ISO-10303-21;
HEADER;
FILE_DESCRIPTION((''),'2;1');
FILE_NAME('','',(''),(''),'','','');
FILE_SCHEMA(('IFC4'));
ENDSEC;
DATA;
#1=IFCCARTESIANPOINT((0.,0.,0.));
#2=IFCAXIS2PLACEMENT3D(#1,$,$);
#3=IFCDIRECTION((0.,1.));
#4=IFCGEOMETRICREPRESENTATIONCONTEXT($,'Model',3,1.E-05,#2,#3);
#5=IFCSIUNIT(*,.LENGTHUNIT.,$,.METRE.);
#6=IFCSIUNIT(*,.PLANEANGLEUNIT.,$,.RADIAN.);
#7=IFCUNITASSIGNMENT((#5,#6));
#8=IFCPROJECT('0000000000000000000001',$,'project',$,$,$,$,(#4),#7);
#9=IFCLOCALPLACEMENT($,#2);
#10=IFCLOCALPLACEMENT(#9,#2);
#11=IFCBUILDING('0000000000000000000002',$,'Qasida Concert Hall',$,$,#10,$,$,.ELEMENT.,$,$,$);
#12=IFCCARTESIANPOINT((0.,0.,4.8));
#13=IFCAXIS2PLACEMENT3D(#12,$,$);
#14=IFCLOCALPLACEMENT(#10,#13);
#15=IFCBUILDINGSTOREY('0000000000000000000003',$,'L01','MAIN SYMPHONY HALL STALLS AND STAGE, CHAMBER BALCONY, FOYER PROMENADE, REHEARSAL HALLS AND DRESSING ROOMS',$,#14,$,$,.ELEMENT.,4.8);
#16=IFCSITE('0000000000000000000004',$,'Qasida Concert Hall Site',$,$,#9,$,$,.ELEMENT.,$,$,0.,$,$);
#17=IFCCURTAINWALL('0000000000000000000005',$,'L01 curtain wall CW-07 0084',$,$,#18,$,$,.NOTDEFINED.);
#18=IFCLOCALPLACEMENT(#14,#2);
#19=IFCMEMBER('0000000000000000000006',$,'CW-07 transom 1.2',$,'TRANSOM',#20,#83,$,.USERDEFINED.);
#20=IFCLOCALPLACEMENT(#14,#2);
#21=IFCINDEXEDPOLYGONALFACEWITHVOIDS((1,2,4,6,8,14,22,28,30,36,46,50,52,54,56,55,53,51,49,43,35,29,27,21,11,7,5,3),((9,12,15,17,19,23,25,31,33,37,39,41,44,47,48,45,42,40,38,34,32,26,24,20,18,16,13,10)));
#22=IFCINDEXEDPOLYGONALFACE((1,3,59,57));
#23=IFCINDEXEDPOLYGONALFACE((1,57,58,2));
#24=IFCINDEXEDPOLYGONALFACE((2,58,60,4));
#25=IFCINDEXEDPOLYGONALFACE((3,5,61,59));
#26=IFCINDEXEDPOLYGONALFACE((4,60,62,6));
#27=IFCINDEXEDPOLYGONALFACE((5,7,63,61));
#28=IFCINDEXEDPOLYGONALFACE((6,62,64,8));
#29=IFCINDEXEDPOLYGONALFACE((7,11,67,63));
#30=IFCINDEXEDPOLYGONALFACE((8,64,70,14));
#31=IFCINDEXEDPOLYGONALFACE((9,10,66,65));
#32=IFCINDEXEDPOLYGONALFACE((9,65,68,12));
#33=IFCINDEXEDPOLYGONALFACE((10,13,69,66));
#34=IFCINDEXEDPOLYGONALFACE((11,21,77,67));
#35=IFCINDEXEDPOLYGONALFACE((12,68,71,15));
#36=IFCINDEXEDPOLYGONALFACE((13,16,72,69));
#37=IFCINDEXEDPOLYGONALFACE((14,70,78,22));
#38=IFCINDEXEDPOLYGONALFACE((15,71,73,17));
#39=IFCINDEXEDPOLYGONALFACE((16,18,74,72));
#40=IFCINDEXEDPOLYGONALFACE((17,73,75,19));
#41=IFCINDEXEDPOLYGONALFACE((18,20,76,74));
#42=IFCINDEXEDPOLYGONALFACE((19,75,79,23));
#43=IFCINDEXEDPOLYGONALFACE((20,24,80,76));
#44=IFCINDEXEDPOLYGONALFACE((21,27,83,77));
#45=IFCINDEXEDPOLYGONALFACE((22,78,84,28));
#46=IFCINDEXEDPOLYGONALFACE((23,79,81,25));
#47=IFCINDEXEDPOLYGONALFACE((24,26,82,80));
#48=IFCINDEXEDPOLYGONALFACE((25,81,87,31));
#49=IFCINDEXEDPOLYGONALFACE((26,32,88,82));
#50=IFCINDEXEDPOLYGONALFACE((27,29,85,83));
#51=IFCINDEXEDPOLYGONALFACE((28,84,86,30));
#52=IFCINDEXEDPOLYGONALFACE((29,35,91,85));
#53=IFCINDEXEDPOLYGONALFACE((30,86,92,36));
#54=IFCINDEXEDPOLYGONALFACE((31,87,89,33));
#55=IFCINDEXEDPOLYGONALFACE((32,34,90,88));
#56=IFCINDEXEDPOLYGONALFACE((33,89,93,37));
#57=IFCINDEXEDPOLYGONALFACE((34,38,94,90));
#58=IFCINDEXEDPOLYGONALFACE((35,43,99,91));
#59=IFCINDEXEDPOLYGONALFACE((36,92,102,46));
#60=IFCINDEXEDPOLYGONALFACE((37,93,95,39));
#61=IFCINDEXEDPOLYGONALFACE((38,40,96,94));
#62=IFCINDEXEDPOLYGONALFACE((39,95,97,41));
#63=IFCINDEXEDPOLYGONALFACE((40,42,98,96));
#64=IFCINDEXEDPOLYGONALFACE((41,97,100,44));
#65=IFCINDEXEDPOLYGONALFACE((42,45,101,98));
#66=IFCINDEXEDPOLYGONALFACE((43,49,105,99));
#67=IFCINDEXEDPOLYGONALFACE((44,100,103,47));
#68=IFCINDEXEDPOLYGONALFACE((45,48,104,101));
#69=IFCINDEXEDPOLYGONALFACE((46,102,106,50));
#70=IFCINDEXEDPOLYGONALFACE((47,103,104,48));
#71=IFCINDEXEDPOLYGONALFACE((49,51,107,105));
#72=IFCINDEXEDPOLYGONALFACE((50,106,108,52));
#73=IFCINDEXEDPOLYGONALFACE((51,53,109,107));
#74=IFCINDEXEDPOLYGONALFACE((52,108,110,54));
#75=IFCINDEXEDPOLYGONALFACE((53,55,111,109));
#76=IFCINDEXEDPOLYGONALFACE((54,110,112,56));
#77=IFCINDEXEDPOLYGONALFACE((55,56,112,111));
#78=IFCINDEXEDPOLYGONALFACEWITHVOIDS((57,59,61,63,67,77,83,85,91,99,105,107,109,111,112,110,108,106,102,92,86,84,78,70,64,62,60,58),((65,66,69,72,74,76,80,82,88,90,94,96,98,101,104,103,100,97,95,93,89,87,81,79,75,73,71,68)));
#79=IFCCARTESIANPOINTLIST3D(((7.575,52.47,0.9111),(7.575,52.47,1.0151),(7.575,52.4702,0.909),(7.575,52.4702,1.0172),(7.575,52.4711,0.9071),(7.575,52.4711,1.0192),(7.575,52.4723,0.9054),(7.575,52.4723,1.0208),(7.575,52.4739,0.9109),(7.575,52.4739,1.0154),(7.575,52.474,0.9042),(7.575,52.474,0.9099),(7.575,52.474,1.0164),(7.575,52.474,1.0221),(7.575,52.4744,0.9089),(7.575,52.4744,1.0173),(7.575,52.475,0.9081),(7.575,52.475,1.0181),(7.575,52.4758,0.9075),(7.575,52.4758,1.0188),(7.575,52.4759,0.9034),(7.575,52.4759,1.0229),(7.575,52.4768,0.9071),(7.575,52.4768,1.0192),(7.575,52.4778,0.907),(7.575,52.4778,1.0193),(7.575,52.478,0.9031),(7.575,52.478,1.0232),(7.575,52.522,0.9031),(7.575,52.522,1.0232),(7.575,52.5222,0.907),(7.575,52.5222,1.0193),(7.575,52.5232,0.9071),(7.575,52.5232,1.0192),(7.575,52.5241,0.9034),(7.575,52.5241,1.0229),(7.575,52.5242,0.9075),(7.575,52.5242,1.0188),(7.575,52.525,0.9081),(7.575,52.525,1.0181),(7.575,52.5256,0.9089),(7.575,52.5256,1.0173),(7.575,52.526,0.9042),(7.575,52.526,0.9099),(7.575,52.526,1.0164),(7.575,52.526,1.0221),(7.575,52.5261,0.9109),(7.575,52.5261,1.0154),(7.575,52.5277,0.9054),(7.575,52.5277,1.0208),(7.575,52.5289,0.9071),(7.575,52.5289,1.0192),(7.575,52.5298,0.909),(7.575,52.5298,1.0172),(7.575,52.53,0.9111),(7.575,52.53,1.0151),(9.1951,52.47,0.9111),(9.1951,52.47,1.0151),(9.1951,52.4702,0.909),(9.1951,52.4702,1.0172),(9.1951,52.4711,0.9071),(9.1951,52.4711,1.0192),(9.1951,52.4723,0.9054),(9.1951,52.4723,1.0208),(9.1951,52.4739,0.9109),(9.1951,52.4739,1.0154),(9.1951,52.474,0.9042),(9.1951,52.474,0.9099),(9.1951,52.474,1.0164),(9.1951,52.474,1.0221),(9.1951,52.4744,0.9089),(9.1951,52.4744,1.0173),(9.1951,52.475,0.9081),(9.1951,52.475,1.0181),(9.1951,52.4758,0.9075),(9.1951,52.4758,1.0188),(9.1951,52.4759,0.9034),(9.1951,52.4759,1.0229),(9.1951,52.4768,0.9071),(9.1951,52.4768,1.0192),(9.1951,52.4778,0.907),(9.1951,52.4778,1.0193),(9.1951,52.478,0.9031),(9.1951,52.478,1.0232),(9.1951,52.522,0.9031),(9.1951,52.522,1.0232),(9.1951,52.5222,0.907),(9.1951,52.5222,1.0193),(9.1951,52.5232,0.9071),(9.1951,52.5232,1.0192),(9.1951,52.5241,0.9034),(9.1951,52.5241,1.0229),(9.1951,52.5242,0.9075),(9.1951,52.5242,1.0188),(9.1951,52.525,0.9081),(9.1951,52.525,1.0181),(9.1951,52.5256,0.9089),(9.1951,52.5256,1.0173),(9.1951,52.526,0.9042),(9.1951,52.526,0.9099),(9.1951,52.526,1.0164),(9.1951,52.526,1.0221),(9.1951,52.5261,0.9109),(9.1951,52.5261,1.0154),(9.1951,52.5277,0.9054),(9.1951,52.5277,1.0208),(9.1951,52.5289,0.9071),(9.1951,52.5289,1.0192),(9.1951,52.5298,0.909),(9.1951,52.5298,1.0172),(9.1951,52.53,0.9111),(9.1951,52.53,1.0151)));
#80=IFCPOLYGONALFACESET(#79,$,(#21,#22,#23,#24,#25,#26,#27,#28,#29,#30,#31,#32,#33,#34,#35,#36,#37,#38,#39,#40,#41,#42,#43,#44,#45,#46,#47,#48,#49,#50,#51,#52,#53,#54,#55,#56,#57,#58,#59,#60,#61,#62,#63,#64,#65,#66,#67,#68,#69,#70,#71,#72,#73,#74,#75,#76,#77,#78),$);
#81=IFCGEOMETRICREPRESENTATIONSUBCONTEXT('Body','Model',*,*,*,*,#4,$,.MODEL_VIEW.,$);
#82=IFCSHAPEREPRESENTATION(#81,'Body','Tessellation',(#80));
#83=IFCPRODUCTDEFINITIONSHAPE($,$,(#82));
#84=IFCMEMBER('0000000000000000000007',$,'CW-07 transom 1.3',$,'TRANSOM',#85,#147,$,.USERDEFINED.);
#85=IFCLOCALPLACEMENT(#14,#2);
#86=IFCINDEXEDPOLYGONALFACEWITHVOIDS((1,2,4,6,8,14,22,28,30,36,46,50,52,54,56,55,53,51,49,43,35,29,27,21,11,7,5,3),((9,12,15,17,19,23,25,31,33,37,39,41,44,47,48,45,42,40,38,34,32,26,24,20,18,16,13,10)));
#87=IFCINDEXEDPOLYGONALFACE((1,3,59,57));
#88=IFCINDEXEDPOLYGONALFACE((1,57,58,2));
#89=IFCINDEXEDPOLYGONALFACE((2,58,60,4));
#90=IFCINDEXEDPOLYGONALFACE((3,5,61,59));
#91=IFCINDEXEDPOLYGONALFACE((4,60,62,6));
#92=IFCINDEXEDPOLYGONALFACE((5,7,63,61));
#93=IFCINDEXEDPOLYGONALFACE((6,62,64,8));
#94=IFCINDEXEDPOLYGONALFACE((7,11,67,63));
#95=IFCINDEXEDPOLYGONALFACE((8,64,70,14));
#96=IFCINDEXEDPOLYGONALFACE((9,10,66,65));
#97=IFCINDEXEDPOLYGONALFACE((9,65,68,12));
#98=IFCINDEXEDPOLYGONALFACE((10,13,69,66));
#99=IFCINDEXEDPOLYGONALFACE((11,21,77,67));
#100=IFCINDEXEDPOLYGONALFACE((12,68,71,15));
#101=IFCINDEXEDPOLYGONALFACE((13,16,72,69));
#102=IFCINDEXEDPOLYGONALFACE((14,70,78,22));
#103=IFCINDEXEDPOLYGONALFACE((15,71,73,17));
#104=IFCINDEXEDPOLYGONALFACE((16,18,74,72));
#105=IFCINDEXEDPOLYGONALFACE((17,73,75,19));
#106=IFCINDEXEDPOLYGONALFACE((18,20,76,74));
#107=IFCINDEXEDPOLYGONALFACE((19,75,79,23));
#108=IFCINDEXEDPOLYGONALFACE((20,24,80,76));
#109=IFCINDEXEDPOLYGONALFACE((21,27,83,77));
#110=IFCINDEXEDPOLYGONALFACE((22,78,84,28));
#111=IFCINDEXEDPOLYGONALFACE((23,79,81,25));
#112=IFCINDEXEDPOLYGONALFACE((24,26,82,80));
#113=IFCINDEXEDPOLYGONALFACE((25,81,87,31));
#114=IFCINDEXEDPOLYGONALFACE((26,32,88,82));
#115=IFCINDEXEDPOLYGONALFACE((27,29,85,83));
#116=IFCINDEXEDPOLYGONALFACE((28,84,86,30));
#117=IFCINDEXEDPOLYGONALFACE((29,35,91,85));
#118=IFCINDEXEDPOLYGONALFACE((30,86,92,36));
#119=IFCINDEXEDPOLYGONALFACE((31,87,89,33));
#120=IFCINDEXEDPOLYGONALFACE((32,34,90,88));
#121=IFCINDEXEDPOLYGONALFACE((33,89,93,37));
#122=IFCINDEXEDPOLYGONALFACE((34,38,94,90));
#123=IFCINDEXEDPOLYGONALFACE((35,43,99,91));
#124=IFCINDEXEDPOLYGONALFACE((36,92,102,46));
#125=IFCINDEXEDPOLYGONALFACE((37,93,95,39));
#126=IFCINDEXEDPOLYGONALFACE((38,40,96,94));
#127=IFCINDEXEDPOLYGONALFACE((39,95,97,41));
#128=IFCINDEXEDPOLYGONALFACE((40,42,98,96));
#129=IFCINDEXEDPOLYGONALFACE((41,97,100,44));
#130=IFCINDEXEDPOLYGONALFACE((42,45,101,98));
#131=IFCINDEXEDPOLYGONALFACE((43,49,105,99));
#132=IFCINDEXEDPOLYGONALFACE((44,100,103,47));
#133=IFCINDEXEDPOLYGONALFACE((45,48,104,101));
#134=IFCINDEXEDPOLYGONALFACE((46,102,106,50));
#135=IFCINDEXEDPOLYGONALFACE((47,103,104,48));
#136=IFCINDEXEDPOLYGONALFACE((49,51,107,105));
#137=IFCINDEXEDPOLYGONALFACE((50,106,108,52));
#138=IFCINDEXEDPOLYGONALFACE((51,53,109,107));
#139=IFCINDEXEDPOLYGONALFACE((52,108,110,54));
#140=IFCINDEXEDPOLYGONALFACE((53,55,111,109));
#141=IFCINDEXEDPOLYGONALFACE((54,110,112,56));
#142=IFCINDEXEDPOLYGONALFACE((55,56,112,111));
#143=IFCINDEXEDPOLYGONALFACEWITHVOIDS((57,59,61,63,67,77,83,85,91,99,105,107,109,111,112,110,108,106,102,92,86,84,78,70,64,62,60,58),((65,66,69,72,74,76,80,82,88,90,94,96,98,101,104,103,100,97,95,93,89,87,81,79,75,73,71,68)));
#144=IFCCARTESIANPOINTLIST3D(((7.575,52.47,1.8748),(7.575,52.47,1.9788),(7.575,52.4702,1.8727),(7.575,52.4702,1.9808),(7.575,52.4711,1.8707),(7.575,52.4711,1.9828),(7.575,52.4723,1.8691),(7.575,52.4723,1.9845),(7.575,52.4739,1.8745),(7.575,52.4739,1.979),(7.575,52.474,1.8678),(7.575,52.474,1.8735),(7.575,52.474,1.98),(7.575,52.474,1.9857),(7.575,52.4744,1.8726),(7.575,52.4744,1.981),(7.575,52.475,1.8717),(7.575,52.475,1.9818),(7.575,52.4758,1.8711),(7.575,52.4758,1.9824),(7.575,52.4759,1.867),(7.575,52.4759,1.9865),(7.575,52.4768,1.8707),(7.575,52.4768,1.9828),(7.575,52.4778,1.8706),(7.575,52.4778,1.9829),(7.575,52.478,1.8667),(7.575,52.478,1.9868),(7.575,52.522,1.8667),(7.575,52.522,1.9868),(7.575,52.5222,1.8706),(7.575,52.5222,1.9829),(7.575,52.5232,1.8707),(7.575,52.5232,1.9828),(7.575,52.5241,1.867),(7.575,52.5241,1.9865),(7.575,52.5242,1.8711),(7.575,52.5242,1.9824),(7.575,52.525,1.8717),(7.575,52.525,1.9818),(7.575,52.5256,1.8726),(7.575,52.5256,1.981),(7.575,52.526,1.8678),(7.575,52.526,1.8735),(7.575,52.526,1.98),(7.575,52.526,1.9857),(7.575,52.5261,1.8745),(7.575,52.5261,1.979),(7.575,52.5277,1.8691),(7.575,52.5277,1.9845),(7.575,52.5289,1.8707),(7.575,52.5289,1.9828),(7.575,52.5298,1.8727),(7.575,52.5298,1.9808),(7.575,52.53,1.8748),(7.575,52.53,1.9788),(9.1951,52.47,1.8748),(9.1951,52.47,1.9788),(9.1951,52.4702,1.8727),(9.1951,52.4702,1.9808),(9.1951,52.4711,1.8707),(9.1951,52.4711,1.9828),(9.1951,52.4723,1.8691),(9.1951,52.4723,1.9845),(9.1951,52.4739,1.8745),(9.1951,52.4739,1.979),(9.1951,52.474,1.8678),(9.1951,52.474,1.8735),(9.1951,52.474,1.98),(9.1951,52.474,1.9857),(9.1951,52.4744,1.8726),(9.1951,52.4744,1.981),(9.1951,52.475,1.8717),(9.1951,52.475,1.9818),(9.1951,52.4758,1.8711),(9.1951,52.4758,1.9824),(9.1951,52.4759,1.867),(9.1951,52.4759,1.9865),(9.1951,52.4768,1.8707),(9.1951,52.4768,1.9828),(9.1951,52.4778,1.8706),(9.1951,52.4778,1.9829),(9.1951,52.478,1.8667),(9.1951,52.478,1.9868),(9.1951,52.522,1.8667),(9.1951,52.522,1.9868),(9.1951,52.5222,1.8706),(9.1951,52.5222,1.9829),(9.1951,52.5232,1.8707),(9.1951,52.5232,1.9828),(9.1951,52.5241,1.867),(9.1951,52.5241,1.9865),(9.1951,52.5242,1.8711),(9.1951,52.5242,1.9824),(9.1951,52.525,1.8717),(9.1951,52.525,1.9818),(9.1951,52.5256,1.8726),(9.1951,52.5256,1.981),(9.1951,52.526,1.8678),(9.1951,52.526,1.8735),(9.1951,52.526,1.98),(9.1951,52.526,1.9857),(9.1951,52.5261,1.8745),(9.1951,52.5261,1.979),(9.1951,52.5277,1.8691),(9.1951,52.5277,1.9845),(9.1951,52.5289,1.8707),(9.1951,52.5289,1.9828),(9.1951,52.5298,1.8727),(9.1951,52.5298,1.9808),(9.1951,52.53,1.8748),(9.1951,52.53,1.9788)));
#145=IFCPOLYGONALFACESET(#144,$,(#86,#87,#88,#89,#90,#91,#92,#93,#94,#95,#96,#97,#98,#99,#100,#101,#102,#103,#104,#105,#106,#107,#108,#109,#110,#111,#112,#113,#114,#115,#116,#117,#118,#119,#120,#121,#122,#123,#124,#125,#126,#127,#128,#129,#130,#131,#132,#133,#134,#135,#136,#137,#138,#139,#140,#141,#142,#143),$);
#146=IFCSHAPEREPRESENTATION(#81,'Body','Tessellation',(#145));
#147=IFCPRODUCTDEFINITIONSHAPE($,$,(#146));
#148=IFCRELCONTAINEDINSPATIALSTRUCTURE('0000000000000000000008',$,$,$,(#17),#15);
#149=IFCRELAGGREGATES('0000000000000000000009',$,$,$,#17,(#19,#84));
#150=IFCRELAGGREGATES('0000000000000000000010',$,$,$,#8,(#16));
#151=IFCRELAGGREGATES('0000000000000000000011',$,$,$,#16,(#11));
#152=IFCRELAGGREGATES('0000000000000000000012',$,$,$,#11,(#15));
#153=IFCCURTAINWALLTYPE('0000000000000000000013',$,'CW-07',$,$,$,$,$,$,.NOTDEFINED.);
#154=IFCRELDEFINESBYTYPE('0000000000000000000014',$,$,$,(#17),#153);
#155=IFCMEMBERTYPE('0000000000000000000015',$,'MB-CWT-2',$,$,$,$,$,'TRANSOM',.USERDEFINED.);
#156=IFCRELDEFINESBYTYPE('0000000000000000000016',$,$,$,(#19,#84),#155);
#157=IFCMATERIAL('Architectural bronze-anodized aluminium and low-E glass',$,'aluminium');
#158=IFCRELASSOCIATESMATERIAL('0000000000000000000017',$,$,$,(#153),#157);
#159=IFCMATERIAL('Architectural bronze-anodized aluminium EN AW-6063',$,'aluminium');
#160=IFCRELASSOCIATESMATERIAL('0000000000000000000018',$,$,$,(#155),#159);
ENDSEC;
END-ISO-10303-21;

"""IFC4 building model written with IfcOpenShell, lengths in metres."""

from ifc_helpers import new_model, si_unit, direction, frame, origin, origin_2d, place, context, subcontext, project, spatial, hollow_rectangle, extrude, material, material_profile, profile_set, type_object, element, aggregate, save


model = new_model("IFC4")

# Units and contexts
model_context = context("Model", 3, precision=1e-05, world=origin(), true_north=direction((0.0, 1.0)))
body_context = subcontext(model_context, "Body", "Model", "MODEL_VIEW")
ifc_project = project(units=[si_unit("LENGTHUNIT", "METRE"), si_unit("PLANEANGLEUNIT", "RADIAN")], contexts=[model_context])

# Site, building, storey
site_placement = place(None, origin())
site = spatial("IfcSite", under=ifc_project, at=site_placement, Name="Qasida Concert Hall Site", CompositionType="ELEMENT", RefElevation=0.0)
building_placement = place(site_placement, origin())
building = spatial("IfcBuilding", under=site, at=building_placement, Name="Qasida Concert Hall", CompositionType="ELEMENT")
storey_placement = place(building_placement, frame((0.0, 0.0, 4.8)))
storey = spatial("IfcBuildingStorey", under=building, at=storey_placement, Name="L01", Description="MAIN SYMPHONY HALL STALLS AND STAGE, CHAMBER BALCONY, FOYER PROMENADE, REHEARSAL HALLS AND DRESSING ROOMS", CompositionType="ELEMENT", Elevation=4.8)

# Shared definitions
ifc_material_1 = material(Name="Architectural bronze-anodized aluminium and low-E glass", Category="aluminium")
curtain_wall_type = type_object("IfcCurtainWallType", Name="CW-07", PredefinedType="NOTDEFINED", material=ifc_material_1)
ifc_material_2 = material(Name="Architectural bronze-anodized aluminium EN AW-6063", Category="aluminium")

# Curtain wall
curtain_wall_1_placement = place(storey_placement, origin())
curtain_wall_1 = element("IfcCurtainWall", 1, at=curtain_wall_1_placement, inside=storey, type_object=curtain_wall_type, Name="L01 curtain wall CW-07 0084", PredefinedType="NOTDEFINED")

# Members
ifc_material_profile_1 = material_profile(ifc_material_2, hollow_rectangle(XDim=0.0601, YDim=0.1201, WallThickness=0.0039, InnerFilletRadius=0.0039, OuterFilletRadius=0.0081, at=origin_2d()), Name="CWT 120x60x4")
ifc_profile_set_1 = profile_set([ifc_material_profile_1], Name="Architectural bronze-anodized aluminium EN AW-6063")
member_type_1 = type_object("IfcMemberType", Name="MB-CWT-2", ElementType="TRANSOM", PredefinedType="USERDEFINED", material=ifc_profile_set_1)
member_1_placement = place(storey_placement, frame((7.575, 52.5, 0.9631), z_axis=(1.0, 0.0, 0.0), x_axis=(0.0, 1.0, 0.0)))
member_1 = element("IfcMember", 2, at=member_1_placement, type_object=member_type_1, Name="CW-07 transom 1.2", ObjectType="TRANSOM", PredefinedType="USERDEFINED", context=body_context, shape_type="SweptSolid", body=[
    extrude(hollow_rectangle(XDim=0.0601, YDim=0.1201, WallThickness=0.0039, InnerFilletRadius=0.0039, OuterFilletRadius=0.0081, at=origin_2d()), origin(), (0.0, 0.0, 1.0), 1.6201),
])
member_2_placement = place(storey_placement, frame((7.575, 52.5, 1.9268), z_axis=(1.0, 0.0, 0.0), x_axis=(0.0, 1.0, 0.0)))
member_2 = element("IfcMember", 3, at=member_2_placement, type_object=member_type_1, Name="CW-07 transom 1.3", ObjectType="TRANSOM", PredefinedType="USERDEFINED", context=body_context, shape_type="SweptSolid", body=[
    extrude(hollow_rectangle(XDim=0.0601, YDim=0.1201, WallThickness=0.0039, InnerFilletRadius=0.0039, OuterFilletRadius=0.0081, at=origin_2d()), origin(), (0.0, 0.0, 1.0), 1.6201),
])

aggregate(curtain_wall_1, [member_1, member_2])

save(model, "model.ifc")
